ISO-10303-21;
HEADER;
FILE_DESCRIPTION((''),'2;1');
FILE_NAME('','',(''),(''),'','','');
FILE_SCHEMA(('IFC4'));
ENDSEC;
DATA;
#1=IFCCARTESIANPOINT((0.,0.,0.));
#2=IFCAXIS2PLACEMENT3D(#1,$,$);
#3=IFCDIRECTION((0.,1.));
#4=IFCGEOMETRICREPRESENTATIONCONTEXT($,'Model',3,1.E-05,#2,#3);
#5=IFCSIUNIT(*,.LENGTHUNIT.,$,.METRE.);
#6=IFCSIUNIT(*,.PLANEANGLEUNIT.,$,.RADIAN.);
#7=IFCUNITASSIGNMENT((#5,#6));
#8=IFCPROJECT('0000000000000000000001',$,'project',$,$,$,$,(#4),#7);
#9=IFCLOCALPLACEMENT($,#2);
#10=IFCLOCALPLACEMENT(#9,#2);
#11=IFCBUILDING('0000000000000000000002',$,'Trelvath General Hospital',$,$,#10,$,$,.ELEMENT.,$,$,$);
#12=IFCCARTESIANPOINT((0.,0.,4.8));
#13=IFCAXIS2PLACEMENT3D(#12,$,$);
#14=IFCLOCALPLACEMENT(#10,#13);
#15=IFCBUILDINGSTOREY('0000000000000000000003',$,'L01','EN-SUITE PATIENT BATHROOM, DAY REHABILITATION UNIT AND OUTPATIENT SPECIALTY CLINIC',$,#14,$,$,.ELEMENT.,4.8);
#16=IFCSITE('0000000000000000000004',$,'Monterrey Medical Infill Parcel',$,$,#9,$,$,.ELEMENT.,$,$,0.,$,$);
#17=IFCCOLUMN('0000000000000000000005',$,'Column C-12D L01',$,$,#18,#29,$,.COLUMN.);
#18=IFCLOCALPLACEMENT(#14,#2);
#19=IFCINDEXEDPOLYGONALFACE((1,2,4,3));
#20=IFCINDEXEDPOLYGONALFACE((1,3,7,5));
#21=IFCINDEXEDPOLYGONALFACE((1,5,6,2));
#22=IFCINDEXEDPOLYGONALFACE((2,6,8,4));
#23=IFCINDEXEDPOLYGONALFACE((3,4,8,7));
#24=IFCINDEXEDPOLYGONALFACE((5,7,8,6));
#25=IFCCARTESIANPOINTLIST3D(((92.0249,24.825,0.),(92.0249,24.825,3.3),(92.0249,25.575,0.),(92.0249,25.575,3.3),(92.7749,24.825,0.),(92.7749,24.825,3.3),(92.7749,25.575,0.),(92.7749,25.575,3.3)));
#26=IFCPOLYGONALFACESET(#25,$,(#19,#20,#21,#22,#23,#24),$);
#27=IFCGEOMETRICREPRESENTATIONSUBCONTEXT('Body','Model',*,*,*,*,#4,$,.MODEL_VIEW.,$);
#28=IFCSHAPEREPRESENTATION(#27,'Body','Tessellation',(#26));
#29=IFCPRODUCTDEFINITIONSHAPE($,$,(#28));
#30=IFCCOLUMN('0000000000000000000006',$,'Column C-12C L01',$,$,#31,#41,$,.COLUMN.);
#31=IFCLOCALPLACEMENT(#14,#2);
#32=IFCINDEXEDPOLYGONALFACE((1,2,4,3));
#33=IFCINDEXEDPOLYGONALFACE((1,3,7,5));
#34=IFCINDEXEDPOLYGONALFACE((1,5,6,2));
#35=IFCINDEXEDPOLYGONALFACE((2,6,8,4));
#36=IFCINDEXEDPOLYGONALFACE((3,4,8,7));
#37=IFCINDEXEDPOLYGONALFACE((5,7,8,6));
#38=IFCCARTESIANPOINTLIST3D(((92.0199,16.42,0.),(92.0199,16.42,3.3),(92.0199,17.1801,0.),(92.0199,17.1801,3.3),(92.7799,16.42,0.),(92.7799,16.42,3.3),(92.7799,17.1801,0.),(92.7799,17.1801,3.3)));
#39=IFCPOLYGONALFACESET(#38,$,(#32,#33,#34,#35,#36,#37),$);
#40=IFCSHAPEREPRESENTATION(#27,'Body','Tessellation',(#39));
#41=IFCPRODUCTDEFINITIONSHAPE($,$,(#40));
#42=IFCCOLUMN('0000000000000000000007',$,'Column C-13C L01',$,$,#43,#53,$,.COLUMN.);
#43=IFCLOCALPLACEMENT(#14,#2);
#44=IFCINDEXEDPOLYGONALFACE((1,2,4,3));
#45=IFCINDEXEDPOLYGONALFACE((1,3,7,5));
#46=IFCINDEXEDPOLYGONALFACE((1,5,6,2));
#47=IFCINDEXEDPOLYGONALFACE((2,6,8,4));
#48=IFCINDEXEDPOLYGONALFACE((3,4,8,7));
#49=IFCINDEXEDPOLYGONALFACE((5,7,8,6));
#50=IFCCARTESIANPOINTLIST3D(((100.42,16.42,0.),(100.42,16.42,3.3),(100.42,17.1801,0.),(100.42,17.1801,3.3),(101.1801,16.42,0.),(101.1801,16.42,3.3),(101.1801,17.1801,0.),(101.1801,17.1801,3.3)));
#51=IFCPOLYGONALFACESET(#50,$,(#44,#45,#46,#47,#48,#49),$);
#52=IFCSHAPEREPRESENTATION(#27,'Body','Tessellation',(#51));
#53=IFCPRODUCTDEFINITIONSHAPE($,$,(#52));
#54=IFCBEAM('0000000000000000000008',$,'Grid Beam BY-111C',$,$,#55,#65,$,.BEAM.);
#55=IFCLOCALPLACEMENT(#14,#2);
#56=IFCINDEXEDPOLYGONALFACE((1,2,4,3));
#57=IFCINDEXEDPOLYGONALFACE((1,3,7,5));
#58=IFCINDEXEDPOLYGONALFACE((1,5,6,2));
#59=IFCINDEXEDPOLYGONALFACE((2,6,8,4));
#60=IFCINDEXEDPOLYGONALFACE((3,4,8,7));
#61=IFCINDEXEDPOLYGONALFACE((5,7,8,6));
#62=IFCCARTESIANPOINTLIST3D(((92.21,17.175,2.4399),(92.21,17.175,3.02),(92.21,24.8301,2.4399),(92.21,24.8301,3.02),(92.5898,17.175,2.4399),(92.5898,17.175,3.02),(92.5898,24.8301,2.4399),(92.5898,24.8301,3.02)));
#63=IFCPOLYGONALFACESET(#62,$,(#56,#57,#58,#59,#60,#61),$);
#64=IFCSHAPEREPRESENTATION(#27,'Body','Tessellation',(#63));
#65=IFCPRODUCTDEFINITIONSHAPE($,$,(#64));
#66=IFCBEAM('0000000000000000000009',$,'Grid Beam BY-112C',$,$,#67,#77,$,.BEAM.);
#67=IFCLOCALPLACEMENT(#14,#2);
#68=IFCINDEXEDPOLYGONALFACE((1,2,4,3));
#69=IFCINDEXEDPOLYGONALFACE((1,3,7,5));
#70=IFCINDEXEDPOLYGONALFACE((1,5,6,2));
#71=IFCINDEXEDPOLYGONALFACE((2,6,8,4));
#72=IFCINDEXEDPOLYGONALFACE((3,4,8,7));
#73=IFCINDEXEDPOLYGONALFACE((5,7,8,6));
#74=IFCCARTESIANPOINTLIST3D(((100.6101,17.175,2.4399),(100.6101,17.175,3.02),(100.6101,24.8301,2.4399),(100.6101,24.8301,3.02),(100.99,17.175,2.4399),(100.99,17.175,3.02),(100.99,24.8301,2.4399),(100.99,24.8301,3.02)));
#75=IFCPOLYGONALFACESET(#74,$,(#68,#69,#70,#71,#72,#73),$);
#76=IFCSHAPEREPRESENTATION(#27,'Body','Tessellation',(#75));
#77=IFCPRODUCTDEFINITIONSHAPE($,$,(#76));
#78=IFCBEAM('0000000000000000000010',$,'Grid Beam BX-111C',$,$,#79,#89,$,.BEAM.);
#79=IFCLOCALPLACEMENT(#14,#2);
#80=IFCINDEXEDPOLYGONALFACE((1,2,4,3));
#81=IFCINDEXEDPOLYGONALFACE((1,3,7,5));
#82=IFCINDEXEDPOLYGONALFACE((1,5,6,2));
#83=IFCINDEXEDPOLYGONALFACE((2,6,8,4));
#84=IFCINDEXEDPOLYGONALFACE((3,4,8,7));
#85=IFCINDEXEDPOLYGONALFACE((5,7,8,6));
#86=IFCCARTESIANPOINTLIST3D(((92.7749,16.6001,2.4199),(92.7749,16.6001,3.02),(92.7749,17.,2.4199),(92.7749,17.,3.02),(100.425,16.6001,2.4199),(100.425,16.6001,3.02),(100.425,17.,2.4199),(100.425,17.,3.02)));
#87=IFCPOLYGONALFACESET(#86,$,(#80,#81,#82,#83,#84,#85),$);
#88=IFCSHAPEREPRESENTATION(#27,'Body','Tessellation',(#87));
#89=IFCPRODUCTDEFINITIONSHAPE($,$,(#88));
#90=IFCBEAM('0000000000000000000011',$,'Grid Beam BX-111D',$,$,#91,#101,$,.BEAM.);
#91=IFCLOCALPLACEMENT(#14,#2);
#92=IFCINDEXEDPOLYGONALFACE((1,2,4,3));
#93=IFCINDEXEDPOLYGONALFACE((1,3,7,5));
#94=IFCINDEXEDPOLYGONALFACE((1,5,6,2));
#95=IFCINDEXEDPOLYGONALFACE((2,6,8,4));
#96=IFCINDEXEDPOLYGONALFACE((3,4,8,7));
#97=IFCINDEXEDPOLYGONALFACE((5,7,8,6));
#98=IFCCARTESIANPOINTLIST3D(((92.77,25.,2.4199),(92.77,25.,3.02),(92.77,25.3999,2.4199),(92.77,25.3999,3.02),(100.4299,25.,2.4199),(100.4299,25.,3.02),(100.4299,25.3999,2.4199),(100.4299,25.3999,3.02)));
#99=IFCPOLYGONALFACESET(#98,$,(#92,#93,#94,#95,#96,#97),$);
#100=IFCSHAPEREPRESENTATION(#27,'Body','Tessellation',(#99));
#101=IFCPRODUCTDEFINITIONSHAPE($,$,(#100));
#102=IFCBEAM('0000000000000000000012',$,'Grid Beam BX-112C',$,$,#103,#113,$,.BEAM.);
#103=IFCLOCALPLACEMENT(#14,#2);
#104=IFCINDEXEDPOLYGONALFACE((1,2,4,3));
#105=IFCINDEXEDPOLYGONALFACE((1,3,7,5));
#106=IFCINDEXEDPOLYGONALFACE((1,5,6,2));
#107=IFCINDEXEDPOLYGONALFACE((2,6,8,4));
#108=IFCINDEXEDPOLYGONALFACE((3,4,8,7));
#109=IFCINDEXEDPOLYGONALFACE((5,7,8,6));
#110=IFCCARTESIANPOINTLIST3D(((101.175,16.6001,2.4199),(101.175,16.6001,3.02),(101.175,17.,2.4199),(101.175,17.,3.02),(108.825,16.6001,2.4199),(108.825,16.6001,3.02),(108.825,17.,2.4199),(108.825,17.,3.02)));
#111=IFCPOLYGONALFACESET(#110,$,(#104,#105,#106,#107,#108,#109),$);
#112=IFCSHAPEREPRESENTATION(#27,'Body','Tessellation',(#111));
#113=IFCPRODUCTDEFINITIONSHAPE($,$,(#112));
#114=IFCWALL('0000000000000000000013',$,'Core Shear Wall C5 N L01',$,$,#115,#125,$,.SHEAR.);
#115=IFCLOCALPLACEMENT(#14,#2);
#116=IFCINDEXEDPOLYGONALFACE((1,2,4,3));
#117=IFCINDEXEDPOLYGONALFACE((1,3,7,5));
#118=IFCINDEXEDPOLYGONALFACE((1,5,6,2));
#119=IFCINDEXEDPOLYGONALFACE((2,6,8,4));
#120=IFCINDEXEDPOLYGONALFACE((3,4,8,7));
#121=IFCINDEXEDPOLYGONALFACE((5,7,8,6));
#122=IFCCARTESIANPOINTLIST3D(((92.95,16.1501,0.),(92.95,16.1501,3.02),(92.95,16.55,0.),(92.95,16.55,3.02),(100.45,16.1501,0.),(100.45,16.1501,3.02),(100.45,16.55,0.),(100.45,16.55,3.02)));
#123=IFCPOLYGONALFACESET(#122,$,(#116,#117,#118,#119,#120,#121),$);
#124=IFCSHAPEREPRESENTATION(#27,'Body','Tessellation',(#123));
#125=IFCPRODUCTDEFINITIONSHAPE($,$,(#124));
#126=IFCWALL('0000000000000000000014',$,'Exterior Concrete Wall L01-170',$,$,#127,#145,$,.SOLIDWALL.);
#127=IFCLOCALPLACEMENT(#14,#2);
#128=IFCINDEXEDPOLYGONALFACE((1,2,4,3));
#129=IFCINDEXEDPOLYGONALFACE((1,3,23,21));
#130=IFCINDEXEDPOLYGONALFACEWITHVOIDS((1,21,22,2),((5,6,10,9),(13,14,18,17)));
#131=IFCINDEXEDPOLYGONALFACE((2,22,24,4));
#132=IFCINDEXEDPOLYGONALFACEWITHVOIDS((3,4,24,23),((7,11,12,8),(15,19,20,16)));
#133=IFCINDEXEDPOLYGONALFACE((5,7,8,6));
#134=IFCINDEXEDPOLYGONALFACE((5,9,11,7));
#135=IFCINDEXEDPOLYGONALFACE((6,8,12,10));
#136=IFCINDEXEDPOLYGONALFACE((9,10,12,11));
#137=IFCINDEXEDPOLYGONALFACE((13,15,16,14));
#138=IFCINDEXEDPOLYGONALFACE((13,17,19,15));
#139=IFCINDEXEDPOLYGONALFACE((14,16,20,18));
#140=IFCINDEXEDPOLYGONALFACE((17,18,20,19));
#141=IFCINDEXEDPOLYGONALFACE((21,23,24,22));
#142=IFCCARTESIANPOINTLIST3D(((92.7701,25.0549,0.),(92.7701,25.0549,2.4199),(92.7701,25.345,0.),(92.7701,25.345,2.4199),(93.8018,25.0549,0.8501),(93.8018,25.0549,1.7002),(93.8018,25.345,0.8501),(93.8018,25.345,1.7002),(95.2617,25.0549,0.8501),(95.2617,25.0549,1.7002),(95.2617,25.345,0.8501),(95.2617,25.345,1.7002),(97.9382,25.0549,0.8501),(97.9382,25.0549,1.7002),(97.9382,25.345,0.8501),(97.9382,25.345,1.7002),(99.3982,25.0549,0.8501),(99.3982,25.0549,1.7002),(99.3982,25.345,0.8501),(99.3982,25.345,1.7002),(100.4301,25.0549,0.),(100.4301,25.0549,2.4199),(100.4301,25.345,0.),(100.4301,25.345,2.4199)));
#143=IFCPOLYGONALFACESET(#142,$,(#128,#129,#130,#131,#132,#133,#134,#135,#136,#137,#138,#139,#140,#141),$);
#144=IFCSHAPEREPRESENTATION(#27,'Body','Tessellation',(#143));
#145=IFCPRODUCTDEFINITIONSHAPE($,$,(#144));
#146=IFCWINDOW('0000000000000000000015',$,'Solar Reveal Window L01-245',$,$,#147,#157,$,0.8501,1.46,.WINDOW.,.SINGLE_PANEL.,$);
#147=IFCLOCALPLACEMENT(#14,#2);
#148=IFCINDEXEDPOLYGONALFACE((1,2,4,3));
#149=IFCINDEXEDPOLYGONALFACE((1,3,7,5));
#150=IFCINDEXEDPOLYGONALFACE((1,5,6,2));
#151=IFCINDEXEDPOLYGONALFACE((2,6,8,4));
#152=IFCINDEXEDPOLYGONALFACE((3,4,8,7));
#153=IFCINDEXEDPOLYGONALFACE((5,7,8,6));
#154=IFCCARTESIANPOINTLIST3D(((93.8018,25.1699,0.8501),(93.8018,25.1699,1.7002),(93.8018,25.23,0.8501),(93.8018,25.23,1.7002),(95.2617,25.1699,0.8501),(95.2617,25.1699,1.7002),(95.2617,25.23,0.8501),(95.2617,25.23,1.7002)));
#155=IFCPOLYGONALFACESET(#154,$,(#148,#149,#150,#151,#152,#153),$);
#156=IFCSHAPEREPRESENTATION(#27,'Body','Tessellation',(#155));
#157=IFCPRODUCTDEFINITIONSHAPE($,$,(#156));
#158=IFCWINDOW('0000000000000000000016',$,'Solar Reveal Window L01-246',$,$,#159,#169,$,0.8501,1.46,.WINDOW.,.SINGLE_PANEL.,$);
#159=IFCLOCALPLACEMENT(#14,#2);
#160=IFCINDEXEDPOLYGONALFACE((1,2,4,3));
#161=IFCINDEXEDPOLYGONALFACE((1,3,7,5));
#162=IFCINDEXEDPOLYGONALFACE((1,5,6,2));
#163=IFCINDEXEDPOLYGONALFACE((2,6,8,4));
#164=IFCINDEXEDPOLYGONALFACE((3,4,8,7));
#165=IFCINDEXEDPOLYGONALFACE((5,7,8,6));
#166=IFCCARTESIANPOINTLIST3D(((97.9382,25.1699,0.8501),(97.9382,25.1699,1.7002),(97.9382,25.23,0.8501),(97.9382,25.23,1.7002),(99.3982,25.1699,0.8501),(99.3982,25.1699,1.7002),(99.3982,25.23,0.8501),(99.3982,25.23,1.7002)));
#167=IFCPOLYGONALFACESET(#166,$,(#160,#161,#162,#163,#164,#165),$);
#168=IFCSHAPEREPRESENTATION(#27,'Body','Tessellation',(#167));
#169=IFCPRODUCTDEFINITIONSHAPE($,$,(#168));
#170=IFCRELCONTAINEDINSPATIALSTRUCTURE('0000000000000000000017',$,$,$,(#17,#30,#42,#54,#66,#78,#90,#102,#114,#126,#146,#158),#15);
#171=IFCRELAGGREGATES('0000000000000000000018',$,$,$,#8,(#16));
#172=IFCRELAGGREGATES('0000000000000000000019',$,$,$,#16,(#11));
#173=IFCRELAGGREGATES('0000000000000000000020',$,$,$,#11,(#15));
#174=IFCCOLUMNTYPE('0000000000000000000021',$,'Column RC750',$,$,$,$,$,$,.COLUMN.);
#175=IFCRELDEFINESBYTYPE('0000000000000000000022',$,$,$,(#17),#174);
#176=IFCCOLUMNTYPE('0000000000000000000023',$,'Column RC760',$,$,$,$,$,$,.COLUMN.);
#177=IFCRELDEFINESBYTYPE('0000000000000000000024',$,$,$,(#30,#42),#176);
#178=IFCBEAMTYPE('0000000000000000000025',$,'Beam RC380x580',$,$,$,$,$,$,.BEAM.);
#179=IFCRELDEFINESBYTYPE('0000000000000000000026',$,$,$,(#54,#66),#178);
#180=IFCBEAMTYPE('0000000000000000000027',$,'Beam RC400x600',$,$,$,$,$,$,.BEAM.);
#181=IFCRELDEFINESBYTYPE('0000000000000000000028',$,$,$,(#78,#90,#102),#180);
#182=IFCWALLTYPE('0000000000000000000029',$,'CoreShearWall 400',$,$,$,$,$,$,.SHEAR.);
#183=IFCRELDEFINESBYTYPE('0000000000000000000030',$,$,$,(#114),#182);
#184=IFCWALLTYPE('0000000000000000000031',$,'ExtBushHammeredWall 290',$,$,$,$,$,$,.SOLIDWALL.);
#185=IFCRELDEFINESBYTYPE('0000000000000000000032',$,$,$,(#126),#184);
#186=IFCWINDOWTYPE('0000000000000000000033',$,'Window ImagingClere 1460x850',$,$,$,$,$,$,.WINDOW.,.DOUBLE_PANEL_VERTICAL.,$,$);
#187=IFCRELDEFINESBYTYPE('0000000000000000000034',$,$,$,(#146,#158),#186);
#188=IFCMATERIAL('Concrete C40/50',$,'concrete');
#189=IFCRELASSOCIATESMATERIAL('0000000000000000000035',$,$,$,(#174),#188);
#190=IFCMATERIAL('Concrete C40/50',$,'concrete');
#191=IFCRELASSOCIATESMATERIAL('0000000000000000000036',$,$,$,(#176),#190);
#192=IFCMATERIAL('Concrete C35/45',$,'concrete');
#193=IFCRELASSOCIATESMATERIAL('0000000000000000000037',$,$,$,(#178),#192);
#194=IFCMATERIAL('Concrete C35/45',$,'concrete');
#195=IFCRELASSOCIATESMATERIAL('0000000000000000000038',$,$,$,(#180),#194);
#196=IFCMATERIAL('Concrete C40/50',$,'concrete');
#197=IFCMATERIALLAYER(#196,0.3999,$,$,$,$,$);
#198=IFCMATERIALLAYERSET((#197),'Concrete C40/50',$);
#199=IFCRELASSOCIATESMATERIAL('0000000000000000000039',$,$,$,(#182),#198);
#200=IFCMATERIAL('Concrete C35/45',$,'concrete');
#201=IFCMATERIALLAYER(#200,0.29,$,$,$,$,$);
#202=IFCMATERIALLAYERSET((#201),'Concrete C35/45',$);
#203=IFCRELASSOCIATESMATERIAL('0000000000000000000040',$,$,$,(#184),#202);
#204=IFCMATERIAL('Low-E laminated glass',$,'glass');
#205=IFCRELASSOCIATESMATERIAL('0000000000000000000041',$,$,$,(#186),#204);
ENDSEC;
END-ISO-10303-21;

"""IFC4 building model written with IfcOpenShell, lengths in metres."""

from ifc_helpers import new_model, si_unit, direction, frame, frame_2d, origin, origin_2d, place, context, subcontext, project, spatial, rectangle, extrude, material, layer, layer_set, material_profile, profile_set, type_object, element, fill, save


model = new_model("IFC4")

# Units and contexts
model_context = context("Model", 3, precision=1e-05, world=origin(), true_north=direction((0.0, 1.0)))
body_context = subcontext(model_context, "Body", "Model", "MODEL_VIEW")
ifc_project = project(units=[si_unit("LENGTHUNIT", "METRE"), si_unit("PLANEANGLEUNIT", "RADIAN")], contexts=[model_context])

# Site, building, storey
site_placement = place(None, origin())
site = spatial("IfcSite", under=ifc_project, at=site_placement, Name="Monterrey Medical Infill Parcel", CompositionType="ELEMENT", RefElevation=0.0)
building_placement = place(site_placement, origin())
building = spatial("IfcBuilding", under=site, at=building_placement, Name="Trelvath General Hospital", CompositionType="ELEMENT")
storey_placement = place(building_placement, frame((0.0, 0.0, 4.8)))
storey = spatial("IfcBuildingStorey", under=building, at=storey_placement, Name="L01", Description="EN-SUITE PATIENT BATHROOM, DAY REHABILITATION UNIT AND OUTPATIENT SPECIALTY CLINIC", CompositionType="ELEMENT", Elevation=4.8)

# Columns
ifc_material_1 = material(Name="Concrete C40/50", Category="concrete")
ifc_material_profile_1 = material_profile(ifc_material_1, rectangle(XDim=0.75, YDim=0.75, at=origin_2d()), Name="RC750x750")
ifc_profile_set_1 = profile_set([ifc_material_profile_1], Name="Concrete C40/50")
column_type_1 = type_object("IfcColumnType", Name="Column RC750", PredefinedType="COLUMN", material=ifc_profile_set_1)
column_placement = place(storey_placement, frame((92.3999, 25.2, 0.0), z_axis=(0.0, 0.0, 1.0), x_axis=(1.0, 0.0, 0.0)))
element("IfcColumn", 1, at=column_placement, inside=storey, type_object=column_type_1, Name="Column C-12D L01", PredefinedType="COLUMN", context=body_context, shape_type="SweptSolid", body=[
    extrude(rectangle(XDim=0.75, YDim=0.75, at=origin_2d()), origin(), (0.0, 0.0, 1.0), 3.3),
])
ifc_material_2 = material(Name="Concrete C40/50", Category="concrete")
ifc_material_profile_2 = material_profile(ifc_material_2, rectangle(XDim=0.76, YDim=0.76, at=origin_2d()), Name="RC760x760")
ifc_profile_set_2 = profile_set([ifc_material_profile_2], Name="Concrete C40/50")
column_type_2 = type_object("IfcColumnType", Name="Column RC760", PredefinedType="COLUMN", material=ifc_profile_set_2)
for number, where, z_axis, x_axis, name in (
    (2, (92.3999, 16.8, 0.0), (0.0, 0.0, 1.0), (1.0, 0.0, 0.0), "Column C-12C L01"),
    (3, (100.8, 16.8, 0.0), (0.0, 0.0, 1.0), (1.0, 0.0, 0.0), "Column C-13C L01"),
):
    element("IfcColumn", number, at=place(storey_placement, frame(where, z_axis=z_axis, x_axis=x_axis)), inside=storey, type_object=column_type_2, Name=name, PredefinedType="COLUMN", context=body_context, shape_type="SweptSolid", body=[
        extrude(rectangle(XDim=0.76, YDim=0.76, at=origin_2d()), origin(), (0.0, 0.0, 1.0), 3.3),
    ])

# Beams
ifc_material_3 = material(Name="Concrete C35/45", Category="concrete")
ifc_material_profile_3 = material_profile(ifc_material_3, rectangle(XDim=0.3799, YDim=0.5801, at=origin_2d()), Name="RCB380x580")
ifc_profile_set_3 = profile_set([ifc_material_profile_3], Name="Concrete C35/45")
beam_type_1 = type_object("IfcBeamType", Name="Beam RC380x580", PredefinedType="BEAM", material=ifc_profile_set_3)
for number, where, z_axis, x_axis, name in (
    (4, (92.3999, 17.175, 2.73), (0.0, 1.0, 0.0), (-1.0, 0.0, 0.0), "Grid Beam BY-111C"),
    (5, (100.8, 17.175, 2.73), (0.0, 1.0, 0.0), (-1.0, 0.0, 0.0), "Grid Beam BY-112C"),
):
    element("IfcBeam", number, at=place(storey_placement, frame(where, z_axis=z_axis, x_axis=x_axis)), inside=storey, type_object=beam_type_1, Name=name, PredefinedType="BEAM", context=body_context, shape_type="SweptSolid", body=[
        extrude(rectangle(XDim=0.3799, YDim=0.5801, at=origin_2d()), origin(), (0.0, 0.0, 1.0), 7.655),
    ])
ifc_material_4 = material(Name="Concrete C35/45", Category="concrete")
ifc_material_profile_4 = material_profile(ifc_material_4, rectangle(XDim=0.3999, YDim=0.6001, at=origin_2d()), Name="RCB400x600")
ifc_profile_set_4 = profile_set([ifc_material_profile_4], Name="Concrete C35/45")
beam_type_2 = type_object("IfcBeamType", Name="Beam RC400x600", PredefinedType="BEAM", material=ifc_profile_set_4)
beam_1_placement = place(storey_placement, frame((92.7749, 16.8, 2.72), z_axis=(1.0, 0.0, 0.0), x_axis=(0.0, 1.0, 0.0)))
element("IfcBeam", 6, at=beam_1_placement, inside=storey, type_object=beam_type_2, Name="Grid Beam BX-111C", PredefinedType="BEAM", context=body_context, shape_type="SweptSolid", body=[
    extrude(rectangle(XDim=0.3999, YDim=0.6001, at=origin_2d()), origin(), (0.0, 0.0, 1.0), 7.6501),
])
beam_2_placement = place(storey_placement, frame((92.77, 25.2, 2.72), z_axis=(1.0, 0.0, 0.0), x_axis=(0.0, 1.0, 0.0)))
element("IfcBeam", 7, at=beam_2_placement, inside=storey, type_object=beam_type_2, Name="Grid Beam BX-111D", PredefinedType="BEAM", context=body_context, shape_type="SweptSolid", body=[
    extrude(rectangle(XDim=0.3999, YDim=0.6001, at=origin_2d()), origin(), (0.0, 0.0, 1.0), 7.6599),
])
beam_3_placement = place(storey_placement, frame((101.175, 16.8, 2.72), z_axis=(1.0, 0.0, 0.0), x_axis=(0.0, 1.0, 0.0)))
element("IfcBeam", 8, at=beam_3_placement, inside=storey, type_object=beam_type_2, Name="Grid Beam BX-112C", PredefinedType="BEAM", context=body_context, shape_type="SweptSolid", body=[
    extrude(rectangle(XDim=0.3999, YDim=0.6001, at=origin_2d()), origin(), (0.0, 0.0, 1.0), 7.6499),
])

# Wall
ifc_material_5 = material(Name="Concrete C40/50", Category="concrete")
ifc_layer_1 = layer(ifc_material_5, 0.3999)
ifc_layer_set_1 = layer_set([ifc_layer_1], Name="Concrete C40/50")
wall_type_1 = type_object("IfcWallType", Name="CoreShearWall 400", PredefinedType="SHEAR", material=ifc_layer_set_1)
wall_1_placement = place(storey_placement, frame((92.95, 16.3501, 0.0), z_axis=(0.0, 0.0, 1.0), x_axis=(1.0, 0.0, 0.0)))
element("IfcWall", 9, at=wall_1_placement, inside=storey, type_object=wall_type_1, Name="Core Shear Wall C5 N L01", PredefinedType="SHEAR", context=body_context, shape_type="SweptSolid", body=[
    extrude(rectangle(XDim=7.5, YDim=0.3999, at=frame_2d((3.75, 0.0))), origin(), (0.0, 0.0, 1.0), 3.02),
])

# Wall, openings, windows
ifc_material_6 = material(Name="Concrete C35/45", Category="concrete")
ifc_layer_2 = layer(ifc_material_6, 0.29)
ifc_layer_set_2 = layer_set([ifc_layer_2], Name="Concrete C35/45")
wall_type_2 = type_object("IfcWallType", Name="ExtBushHammeredWall 290", PredefinedType="SOLIDWALL", material=ifc_layer_set_2)
wall_2_placement = place(storey_placement, frame((92.77, 25.2, 0.0), z_axis=(0.0, 0.0, 1.0), x_axis=(1.0, 0.0, 0.0)))
wall_2 = element("IfcWall", 10, at=wall_2_placement, inside=storey, type_object=wall_type_2, Name="Exterior Concrete Wall L01-170", PredefinedType="SOLIDWALL", context=body_context, shape_type="SweptSolid", body=[
    extrude(rectangle(XDim=7.6599, YDim=0.29, at=frame_2d((3.8301, 0.0))), origin(), (0.0, 0.0, 1.0), 2.4199),
])
opening_1_placement = place(wall_2_placement, frame((1.0317, 0.0, 0.8501)))
opening_1 = element("IfcOpeningElement", 11, at=opening_1_placement, cuts=wall_2, PredefinedType="OPENING", context=body_context, shape_type="SweptSolid", body=[
    extrude(rectangle(XDim=1.46, YDim=0.8501, at=frame_2d((0.73, 0.425))), frame((0.0, 0.155, 0.0), z_axis=(0.0, -1.0, 0.0), x_axis=(1.0, 0.0, 0.0)), (0.0, 0.0, 1.0), 0.3101),
])
opening_2_placement = place(wall_2_placement, frame((5.1682, 0.0, 0.8501)))
opening_2 = element("IfcOpeningElement", 12, at=opening_2_placement, cuts=wall_2, PredefinedType="OPENING", context=body_context, shape_type="SweptSolid", body=[
    extrude(rectangle(XDim=1.46, YDim=0.8501, at=frame_2d((0.73, 0.425))), frame((0.0, 0.155, 0.0), z_axis=(0.0, -1.0, 0.0), x_axis=(1.0, 0.0, 0.0)), (0.0, 0.0, 1.0), 0.3101),
])
ifc_material_7 = material(Name="Low-E laminated glass", Category="glass")
window_type = type_object("IfcWindowType", Name="Window ImagingClere 1460x850", PartitioningType="DOUBLE_PANEL_VERTICAL", PredefinedType="WINDOW", material=ifc_material_7)
window_1_placement = place(opening_1_placement, origin())
window_1 = element("IfcWindow", 13, at=window_1_placement, inside=storey, type_object=window_type, Name="Solar Reveal Window L01-245", OverallHeight=0.8501, OverallWidth=1.46, PartitioningType="SINGLE_PANEL", PredefinedType="WINDOW", context=body_context, shape_type="SweptSolid", body=[
    extrude(rectangle(XDim=1.46, YDim=0.8501, at=frame_2d((0.73, 0.425))), frame((0.0, 0.03, 0.0), z_axis=(0.0, -1.0, 0.0), x_axis=(1.0, 0.0, 0.0)), (0.0, 0.0, 1.0), 0.0601),
])
fill(opening_1, window_1)
window_2_placement = place(opening_2_placement, origin())
window_2 = element("IfcWindow", 14, at=window_2_placement, inside=storey, type_object=window_type, Name="Solar Reveal Window L01-246", OverallHeight=0.8501, OverallWidth=1.46, PartitioningType="SINGLE_PANEL", PredefinedType="WINDOW", context=body_context, shape_type="SweptSolid", body=[
    extrude(rectangle(XDim=1.46, YDim=0.8501, at=frame_2d((0.73, 0.425))), frame((0.0, 0.03, 0.0), z_axis=(0.0, -1.0, 0.0), x_axis=(1.0, 0.0, 0.0)), (0.0, 0.0, 1.0), 0.0601),
])
fill(opening_2, window_2)

save(model, "model.ifc")
